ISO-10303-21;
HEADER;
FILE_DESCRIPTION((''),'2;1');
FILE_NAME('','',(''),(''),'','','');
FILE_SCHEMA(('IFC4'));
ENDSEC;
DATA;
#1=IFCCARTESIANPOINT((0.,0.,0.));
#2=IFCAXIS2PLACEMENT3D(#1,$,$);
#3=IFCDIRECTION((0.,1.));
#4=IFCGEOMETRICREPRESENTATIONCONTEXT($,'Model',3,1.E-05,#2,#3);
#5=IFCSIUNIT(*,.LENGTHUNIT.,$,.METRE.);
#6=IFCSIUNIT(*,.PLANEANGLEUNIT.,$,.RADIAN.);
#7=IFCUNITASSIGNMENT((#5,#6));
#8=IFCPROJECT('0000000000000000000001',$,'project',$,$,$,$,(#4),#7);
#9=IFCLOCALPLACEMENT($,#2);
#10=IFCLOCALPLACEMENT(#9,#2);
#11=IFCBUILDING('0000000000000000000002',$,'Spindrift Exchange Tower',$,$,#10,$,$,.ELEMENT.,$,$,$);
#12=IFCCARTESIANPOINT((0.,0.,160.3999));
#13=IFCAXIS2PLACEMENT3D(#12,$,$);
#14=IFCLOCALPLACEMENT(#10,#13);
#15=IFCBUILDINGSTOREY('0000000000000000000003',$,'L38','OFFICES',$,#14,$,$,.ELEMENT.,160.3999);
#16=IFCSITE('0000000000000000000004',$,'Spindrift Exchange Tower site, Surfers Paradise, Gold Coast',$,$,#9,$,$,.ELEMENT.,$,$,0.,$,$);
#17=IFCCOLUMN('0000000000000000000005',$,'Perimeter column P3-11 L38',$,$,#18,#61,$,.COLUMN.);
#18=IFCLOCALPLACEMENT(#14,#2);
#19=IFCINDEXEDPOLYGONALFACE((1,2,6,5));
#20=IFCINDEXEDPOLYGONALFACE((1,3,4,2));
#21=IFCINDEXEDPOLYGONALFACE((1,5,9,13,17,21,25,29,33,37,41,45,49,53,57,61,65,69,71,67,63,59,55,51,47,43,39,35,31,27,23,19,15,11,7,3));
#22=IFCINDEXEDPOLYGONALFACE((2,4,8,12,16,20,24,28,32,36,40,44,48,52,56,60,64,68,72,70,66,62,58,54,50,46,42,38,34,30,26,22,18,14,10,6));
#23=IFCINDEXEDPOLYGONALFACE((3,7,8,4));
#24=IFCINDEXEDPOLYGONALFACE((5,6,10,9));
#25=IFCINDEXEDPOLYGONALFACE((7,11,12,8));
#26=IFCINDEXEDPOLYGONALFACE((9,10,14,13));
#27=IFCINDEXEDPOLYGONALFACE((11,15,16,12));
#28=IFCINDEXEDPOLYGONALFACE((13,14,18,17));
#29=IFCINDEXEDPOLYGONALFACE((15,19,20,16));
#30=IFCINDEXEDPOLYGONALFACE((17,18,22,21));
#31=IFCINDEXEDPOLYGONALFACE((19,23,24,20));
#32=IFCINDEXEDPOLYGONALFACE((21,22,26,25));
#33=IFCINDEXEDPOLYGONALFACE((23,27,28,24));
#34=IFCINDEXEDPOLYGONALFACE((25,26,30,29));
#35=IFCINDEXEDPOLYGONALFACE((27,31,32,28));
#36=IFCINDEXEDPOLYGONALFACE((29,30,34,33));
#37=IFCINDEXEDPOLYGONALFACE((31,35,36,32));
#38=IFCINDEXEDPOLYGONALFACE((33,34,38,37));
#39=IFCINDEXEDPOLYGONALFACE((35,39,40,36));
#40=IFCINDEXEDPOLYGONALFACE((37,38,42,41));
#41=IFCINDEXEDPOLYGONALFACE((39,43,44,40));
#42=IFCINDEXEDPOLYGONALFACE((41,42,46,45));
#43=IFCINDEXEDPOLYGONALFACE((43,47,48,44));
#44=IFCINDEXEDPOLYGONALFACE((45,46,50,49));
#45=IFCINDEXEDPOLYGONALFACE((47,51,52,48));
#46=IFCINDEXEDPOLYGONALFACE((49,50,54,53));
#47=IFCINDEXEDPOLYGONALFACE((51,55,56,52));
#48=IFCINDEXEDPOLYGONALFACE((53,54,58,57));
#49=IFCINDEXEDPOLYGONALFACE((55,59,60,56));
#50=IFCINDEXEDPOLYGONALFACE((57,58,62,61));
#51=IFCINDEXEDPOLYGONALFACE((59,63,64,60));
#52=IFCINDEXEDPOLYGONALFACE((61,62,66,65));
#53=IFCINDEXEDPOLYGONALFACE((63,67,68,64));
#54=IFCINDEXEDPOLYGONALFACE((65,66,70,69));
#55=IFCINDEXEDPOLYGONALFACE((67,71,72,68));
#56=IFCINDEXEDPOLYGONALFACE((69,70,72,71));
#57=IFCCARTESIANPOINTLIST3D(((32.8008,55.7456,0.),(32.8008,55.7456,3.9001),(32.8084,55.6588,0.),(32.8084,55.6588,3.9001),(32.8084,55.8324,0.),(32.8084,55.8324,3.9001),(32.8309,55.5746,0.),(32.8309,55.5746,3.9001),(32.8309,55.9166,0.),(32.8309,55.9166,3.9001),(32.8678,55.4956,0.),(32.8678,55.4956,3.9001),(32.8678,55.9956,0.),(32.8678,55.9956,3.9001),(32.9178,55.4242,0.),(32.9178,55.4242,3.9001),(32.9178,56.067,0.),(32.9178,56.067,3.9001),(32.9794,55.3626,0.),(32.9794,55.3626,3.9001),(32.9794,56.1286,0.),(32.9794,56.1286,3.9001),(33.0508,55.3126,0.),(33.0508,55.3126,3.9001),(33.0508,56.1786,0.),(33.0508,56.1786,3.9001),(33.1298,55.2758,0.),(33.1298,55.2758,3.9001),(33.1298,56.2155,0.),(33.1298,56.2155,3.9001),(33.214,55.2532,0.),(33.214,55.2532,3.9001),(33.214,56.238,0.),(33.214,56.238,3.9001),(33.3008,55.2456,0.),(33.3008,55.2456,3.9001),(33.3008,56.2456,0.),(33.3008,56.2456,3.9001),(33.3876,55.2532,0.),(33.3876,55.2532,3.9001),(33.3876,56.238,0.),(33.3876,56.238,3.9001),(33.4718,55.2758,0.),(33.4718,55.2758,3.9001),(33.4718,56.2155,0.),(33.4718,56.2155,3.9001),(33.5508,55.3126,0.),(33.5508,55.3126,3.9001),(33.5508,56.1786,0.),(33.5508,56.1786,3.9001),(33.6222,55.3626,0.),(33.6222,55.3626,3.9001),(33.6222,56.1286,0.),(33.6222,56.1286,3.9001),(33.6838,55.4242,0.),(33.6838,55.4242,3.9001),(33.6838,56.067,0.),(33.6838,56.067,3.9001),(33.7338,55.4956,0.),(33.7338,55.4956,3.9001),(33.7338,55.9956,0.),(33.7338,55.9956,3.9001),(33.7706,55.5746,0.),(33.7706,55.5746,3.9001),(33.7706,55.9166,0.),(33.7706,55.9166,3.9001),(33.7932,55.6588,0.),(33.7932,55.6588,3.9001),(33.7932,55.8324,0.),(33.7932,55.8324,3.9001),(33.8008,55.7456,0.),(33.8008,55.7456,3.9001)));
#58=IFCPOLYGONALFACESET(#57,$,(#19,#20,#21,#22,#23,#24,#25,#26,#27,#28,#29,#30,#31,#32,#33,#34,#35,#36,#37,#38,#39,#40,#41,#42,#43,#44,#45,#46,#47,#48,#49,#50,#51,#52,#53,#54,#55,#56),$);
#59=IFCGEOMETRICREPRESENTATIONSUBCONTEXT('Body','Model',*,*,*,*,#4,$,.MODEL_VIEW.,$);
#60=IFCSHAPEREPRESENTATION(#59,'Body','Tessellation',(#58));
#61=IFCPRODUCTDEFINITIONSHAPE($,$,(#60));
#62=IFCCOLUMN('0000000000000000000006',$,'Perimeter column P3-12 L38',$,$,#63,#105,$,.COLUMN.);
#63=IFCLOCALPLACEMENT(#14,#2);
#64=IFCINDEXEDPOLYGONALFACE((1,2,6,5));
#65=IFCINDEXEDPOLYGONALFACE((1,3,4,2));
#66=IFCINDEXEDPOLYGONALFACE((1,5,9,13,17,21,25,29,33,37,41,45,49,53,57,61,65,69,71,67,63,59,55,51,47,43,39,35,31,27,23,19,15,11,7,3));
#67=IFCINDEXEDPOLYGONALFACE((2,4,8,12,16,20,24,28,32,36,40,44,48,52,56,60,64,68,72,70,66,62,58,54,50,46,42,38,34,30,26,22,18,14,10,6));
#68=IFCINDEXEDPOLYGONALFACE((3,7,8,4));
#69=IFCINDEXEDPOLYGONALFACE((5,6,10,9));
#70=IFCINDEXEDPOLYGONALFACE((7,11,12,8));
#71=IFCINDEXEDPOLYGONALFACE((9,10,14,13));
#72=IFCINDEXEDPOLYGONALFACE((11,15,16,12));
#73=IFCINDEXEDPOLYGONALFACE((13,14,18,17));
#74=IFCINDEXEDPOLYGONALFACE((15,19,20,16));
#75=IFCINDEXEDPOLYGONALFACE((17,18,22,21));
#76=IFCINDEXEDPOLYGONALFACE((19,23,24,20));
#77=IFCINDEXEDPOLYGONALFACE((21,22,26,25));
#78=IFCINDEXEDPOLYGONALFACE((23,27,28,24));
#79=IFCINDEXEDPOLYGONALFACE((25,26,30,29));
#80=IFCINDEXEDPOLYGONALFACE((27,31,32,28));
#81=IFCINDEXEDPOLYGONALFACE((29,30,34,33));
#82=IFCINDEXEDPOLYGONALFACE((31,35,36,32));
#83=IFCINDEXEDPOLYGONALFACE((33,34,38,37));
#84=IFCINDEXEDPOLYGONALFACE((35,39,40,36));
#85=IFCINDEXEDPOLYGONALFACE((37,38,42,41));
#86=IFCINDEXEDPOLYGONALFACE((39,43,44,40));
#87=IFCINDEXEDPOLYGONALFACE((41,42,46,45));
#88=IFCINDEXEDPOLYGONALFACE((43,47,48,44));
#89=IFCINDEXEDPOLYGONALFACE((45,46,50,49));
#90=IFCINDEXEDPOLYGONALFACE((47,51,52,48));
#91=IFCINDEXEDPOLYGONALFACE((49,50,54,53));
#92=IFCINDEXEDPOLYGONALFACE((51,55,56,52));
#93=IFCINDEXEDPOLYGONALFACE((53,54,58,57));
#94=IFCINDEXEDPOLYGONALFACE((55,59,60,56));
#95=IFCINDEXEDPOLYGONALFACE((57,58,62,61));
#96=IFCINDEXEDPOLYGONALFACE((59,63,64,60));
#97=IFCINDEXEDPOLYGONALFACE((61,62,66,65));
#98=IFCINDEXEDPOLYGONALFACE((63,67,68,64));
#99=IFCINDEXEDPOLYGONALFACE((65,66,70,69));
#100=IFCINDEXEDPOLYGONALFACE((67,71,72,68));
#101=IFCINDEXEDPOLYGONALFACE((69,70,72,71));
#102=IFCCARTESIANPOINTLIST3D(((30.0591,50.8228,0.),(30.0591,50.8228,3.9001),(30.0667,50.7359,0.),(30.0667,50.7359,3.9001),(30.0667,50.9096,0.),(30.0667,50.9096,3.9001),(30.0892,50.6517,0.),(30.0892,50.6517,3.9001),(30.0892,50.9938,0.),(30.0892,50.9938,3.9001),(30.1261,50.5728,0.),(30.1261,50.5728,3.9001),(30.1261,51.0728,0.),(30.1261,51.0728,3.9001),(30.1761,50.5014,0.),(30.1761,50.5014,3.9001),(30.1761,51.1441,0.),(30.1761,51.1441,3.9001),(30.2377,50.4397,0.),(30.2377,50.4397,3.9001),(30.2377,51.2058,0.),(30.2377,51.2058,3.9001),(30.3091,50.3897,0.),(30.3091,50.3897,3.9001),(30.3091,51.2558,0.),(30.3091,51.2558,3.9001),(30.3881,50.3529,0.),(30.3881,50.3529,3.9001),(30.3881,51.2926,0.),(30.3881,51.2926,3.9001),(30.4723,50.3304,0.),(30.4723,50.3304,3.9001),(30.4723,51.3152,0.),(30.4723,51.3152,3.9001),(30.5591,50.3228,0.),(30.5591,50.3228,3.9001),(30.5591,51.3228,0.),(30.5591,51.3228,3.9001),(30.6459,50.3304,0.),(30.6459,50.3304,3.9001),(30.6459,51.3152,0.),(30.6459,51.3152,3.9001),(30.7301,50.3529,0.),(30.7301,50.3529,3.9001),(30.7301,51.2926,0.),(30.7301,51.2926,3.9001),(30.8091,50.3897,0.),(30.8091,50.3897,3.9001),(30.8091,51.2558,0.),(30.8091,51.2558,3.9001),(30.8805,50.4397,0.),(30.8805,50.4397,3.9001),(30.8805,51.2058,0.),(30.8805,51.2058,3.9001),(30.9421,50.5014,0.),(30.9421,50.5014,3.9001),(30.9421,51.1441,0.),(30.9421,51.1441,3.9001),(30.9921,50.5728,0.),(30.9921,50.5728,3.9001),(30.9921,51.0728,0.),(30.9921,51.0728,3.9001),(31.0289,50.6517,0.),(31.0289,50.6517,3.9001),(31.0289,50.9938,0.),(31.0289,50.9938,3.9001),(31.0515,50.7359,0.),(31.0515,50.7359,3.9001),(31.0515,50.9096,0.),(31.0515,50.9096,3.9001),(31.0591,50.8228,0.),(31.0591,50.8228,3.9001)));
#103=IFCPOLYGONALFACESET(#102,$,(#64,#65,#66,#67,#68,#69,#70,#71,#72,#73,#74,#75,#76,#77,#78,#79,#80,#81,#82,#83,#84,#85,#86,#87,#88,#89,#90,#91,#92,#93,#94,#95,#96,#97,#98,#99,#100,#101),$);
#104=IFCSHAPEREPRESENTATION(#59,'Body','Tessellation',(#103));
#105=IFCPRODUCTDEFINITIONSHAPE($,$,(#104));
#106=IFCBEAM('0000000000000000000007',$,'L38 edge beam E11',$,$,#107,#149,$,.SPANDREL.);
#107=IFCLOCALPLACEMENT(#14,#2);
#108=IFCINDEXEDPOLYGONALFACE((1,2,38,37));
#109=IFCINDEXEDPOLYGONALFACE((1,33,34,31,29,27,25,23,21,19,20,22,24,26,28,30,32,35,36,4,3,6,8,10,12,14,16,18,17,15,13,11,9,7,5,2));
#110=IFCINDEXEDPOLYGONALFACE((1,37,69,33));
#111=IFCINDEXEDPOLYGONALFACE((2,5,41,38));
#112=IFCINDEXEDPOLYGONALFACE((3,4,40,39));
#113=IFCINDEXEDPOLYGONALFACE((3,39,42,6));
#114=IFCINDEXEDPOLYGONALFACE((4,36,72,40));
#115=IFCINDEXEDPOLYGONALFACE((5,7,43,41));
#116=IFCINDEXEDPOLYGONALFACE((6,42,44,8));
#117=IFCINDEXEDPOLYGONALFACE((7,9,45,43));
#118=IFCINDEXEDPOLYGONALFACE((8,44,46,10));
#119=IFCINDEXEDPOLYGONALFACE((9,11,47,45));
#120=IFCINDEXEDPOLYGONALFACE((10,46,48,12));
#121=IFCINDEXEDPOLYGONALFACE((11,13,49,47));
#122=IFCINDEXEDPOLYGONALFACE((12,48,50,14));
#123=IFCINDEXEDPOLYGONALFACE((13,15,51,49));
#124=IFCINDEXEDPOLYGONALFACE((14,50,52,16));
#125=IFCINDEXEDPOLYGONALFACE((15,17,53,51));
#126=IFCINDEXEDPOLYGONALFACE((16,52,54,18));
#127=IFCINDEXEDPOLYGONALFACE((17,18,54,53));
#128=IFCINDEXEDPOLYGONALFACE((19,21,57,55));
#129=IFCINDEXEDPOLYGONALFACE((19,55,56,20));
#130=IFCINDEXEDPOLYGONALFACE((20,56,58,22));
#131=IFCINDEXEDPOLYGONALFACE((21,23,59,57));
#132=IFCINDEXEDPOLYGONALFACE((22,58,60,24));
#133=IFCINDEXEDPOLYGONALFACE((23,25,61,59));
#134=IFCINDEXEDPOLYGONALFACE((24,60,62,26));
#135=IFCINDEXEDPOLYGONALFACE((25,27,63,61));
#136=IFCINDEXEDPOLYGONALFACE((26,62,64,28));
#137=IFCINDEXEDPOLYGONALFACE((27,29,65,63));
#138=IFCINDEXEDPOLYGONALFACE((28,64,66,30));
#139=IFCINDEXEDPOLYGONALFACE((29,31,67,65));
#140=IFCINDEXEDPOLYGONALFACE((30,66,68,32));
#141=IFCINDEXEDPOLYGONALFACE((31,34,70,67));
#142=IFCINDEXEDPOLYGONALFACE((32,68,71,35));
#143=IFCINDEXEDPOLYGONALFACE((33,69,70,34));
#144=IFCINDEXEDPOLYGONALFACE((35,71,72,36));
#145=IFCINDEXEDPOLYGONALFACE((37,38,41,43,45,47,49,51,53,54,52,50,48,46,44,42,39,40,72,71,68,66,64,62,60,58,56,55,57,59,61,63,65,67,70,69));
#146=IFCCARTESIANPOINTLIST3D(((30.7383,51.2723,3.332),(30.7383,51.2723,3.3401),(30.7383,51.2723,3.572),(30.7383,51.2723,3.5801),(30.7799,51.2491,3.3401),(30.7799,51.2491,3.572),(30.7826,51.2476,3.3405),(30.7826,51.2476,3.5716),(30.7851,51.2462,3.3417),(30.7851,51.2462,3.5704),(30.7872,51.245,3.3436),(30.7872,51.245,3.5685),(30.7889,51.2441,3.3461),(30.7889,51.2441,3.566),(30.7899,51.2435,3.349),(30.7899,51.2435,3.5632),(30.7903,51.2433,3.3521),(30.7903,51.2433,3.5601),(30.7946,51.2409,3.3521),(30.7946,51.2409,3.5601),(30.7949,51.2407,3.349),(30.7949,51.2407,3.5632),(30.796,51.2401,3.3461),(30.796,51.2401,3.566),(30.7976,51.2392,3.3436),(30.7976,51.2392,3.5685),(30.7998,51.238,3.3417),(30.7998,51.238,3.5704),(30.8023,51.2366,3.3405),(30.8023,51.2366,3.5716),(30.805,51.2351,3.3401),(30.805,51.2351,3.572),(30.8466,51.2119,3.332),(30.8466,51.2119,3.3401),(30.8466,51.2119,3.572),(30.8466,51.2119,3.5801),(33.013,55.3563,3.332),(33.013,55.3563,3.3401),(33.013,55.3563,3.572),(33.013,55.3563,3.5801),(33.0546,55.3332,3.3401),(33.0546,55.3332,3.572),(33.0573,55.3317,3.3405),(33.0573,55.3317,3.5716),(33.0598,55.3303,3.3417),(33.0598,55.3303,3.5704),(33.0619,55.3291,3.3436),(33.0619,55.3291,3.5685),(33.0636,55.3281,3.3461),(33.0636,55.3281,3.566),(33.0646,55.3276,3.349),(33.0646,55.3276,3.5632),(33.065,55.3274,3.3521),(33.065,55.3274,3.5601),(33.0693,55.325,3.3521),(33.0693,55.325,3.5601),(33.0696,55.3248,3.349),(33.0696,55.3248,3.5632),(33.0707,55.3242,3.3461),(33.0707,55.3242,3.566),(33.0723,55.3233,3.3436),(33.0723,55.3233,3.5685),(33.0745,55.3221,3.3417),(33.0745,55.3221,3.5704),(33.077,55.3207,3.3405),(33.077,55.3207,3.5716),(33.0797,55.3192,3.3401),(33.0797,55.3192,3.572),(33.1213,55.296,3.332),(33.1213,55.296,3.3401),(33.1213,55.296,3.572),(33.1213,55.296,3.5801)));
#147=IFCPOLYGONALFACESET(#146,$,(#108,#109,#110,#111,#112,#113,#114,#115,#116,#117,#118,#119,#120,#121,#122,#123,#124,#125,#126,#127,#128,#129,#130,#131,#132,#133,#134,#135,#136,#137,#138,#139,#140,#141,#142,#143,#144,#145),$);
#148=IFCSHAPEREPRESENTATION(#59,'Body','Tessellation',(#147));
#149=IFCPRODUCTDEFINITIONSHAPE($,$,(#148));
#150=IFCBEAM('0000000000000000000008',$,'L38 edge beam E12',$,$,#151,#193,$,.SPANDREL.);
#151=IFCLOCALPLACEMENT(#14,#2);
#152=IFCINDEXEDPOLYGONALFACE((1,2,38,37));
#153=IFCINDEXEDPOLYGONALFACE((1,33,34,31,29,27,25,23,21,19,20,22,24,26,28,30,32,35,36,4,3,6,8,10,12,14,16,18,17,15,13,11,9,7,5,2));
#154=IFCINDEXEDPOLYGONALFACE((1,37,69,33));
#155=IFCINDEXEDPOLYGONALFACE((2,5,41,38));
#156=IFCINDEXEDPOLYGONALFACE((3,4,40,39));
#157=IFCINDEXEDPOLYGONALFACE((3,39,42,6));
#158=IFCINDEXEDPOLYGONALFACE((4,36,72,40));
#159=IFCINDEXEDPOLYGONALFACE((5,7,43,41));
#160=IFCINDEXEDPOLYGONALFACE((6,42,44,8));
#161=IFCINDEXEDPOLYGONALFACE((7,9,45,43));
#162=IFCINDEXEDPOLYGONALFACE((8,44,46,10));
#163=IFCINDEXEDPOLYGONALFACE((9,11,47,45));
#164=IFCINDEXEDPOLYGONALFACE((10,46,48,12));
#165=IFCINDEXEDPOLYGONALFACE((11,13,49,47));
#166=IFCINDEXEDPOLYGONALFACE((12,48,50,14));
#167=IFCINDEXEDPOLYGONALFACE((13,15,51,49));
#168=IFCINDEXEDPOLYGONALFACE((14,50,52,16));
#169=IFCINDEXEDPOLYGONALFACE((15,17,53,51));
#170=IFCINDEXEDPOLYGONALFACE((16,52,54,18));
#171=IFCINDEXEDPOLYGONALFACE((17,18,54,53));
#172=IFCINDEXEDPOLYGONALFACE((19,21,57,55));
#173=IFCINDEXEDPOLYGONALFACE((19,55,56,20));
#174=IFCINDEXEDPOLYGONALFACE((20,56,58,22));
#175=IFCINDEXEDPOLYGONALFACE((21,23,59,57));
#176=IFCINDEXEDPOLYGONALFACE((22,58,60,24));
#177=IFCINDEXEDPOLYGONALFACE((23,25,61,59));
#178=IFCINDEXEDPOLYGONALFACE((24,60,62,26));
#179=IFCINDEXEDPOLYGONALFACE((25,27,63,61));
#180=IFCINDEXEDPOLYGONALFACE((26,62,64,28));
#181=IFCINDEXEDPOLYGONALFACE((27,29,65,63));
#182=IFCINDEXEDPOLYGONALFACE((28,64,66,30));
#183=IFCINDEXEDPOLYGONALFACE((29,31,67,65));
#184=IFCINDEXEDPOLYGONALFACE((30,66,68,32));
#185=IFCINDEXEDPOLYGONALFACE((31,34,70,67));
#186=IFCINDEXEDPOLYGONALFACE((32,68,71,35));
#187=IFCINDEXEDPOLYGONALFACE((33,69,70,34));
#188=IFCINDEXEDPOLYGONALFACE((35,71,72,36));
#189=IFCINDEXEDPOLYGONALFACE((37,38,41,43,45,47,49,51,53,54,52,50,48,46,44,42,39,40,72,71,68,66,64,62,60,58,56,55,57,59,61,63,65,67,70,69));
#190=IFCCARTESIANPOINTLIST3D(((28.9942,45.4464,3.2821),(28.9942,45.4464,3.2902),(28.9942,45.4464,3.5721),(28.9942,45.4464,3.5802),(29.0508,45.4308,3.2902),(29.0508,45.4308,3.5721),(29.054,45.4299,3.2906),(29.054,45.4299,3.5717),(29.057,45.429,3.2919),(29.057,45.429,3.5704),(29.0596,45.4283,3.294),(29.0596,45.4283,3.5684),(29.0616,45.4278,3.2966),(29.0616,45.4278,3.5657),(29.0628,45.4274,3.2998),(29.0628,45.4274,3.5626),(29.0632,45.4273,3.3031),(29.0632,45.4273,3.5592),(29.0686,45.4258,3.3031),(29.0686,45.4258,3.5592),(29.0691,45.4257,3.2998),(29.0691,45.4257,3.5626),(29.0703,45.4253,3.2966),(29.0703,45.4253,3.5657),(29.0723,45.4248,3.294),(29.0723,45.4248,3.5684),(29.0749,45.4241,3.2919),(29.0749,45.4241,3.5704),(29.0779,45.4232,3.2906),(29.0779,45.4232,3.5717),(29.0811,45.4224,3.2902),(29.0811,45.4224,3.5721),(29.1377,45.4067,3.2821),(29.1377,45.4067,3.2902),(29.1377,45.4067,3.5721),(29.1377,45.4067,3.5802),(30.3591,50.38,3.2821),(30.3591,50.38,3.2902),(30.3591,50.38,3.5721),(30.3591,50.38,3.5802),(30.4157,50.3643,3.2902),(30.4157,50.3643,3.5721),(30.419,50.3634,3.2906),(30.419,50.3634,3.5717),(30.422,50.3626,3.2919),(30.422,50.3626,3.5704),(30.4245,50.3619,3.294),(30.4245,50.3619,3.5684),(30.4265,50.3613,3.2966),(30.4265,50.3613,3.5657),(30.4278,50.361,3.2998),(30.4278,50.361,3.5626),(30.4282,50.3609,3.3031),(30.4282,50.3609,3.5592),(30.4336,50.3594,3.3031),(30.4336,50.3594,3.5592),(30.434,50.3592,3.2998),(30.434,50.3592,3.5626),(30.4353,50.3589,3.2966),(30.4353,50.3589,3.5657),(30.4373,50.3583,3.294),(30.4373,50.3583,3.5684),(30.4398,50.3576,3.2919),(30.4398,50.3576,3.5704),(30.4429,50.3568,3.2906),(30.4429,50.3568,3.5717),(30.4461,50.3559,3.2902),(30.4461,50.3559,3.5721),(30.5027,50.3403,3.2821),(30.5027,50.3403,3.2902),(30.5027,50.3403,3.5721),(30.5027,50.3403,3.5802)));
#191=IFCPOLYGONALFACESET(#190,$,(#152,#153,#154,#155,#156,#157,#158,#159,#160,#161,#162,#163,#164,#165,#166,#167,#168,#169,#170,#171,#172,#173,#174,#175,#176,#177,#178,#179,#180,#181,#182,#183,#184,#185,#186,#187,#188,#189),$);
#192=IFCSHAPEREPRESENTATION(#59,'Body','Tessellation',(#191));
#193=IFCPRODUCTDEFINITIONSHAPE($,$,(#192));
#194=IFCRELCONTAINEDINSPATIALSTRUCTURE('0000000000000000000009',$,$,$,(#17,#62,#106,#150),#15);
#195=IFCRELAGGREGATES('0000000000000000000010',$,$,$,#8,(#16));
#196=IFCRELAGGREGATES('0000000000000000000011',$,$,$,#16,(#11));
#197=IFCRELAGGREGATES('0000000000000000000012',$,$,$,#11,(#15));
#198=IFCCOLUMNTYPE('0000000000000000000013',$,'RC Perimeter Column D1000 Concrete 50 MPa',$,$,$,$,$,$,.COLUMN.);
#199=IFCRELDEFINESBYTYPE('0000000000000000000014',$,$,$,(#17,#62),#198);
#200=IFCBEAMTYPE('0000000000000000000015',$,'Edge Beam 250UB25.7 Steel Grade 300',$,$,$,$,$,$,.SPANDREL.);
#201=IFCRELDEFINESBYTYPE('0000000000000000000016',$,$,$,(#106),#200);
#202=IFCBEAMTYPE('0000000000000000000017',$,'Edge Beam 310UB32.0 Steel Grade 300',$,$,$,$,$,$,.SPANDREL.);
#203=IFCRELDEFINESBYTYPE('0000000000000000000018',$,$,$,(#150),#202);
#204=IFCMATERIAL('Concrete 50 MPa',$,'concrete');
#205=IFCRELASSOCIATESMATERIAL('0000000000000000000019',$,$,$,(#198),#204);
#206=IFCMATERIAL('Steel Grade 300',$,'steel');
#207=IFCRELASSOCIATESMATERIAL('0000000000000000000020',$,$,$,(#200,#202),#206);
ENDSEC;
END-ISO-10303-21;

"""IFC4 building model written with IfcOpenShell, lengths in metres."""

from ifc_helpers import new_model, si_unit, direction, frame, origin, origin_2d, place, context, subcontext, project, spatial, circle, i_section, extrude, source, transform, mapped, material, material_profile, profile_set, type_object, element, save


model = new_model("IFC4")

# Units and contexts
model_context = context("Model", 3, precision=1e-05, world=origin(), true_north=direction((0.0, 1.0)))
body_context = subcontext(model_context, "Body", "Model", "MODEL_VIEW")
ifc_project = project(units=[si_unit("LENGTHUNIT", "METRE"), si_unit("PLANEANGLEUNIT", "RADIAN")], contexts=[model_context])

# Site, building, storey
site_placement = place(None, origin())
site = spatial("IfcSite", under=ifc_project, at=site_placement, Name="Spindrift Exchange Tower site, Surfers Paradise, Gold Coast", CompositionType="ELEMENT", RefElevation=0.0)
building_placement = place(site_placement, origin())
building = spatial("IfcBuilding", under=site, at=building_placement, Name="Spindrift Exchange Tower", CompositionType="ELEMENT")
storey_placement = place(building_placement, frame((0.0, 0.0, 160.3999)))
storey = spatial("IfcBuildingStorey", under=building, at=storey_placement, Name="L38", Description="OFFICES", CompositionType="ELEMENT", Elevation=160.3999)

# Columns
ifc_material_1 = material(Name="Concrete 50 MPa", Category="concrete")
ifc_material_profile_1 = material_profile(ifc_material_1, circle(Radius=0.5, at=origin_2d()), Name="RC D1000")
ifc_profile_set_1 = profile_set([ifc_material_profile_1], Name="Concrete 50 MPa")
column_type = type_object("IfcColumnType", Name="RC Perimeter Column D1000 Concrete 50 MPa", PredefinedType="COLUMN", material=ifc_profile_set_1)
shared_shape_1 = source(origin(), body_context, "Body", "SweptSolid", [
    extrude(circle(Radius=0.5, at=origin_2d()), origin(), (0.0, 0.0, 1.0), 3.9001),
])
for number, where, z_axis, x_axis, name in (
    (1, (33.3008, 55.7456, 0.0), (0.0, 0.0, 1.0), (1.0, 0.0, 0.0), "Perimeter column P3-11 L38"),
    (2, (30.5591, 50.8228, 0.0), (0.0, 0.0, 1.0), (1.0, 0.0, 0.0), "Perimeter column P3-12 L38"),
):
    element("IfcColumn", number, at=place(storey_placement, frame(where, z_axis=z_axis, x_axis=x_axis)), inside=storey, type_object=column_type, Name=name, PredefinedType="COLUMN", context=body_context, shape_type="MappedRepresentation", body=[
        mapped(shared_shape_1, transform((0.0, 0.0, 0.0), scale=1.0)),
    ])

# Beams
ifc_material_2 = material(Name="Steel Grade 300", Category="steel")
ifc_material_profile_2 = material_profile(ifc_material_2, i_section(OverallWidth=0.124, OverallDepth=0.248, WebThickness=0.0049, FlangeThickness=0.0081, FilletRadius=0.012, at=origin_2d()), Name="250UB25.7")
ifc_profile_set_2 = profile_set([ifc_material_profile_2], Name="Steel Grade 300")
beam_type_1 = type_object("IfcBeamType", Name="Edge Beam 250UB25.7 Steel Grade 300", PredefinedType="SPANDREL", material=ifc_profile_set_2)
shared_shape_2 = source(origin(), body_context, "Body", "SweptSolid", [
    extrude(i_section(OverallWidth=0.124, OverallDepth=0.248, WebThickness=0.0049, FlangeThickness=0.0081, FilletRadius=0.012, at=origin_2d()), origin(), (0.0, 0.0, 1.0), 4.6748),
])
beam_1_placement = place(storey_placement, frame((33.0671, 55.3262, 3.4561), z_axis=(-0.486587, -0.873632, 0.0), x_axis=(0.873632, -0.486587, 0.0)))
element("IfcBeam", 3, at=beam_1_placement, inside=storey, type_object=beam_type_1, Name="L38 edge beam E11", PredefinedType="SPANDREL", context=body_context, shape_type="MappedRepresentation", body=[
    mapped(shared_shape_2, transform((0.0, 0.0, 0.0), scale=1.0)),
])
ifc_material_profile_3 = material_profile(ifc_material_2, i_section(OverallWidth=0.1489, OverallDepth=0.2981, WebThickness=0.0056, FlangeThickness=0.0081, FilletRadius=0.0129, at=origin_2d()), Name="310UB32.0")
ifc_profile_set_3 = profile_set([ifc_material_profile_3], Name="Steel Grade 300")
beam_type_2 = type_object("IfcBeamType", Name="Edge Beam 310UB32.0 Steel Grade 300", PredefinedType="SPANDREL", material=ifc_profile_set_3)
shared_shape_3 = source(origin(), body_context, "Body", "SweptSolid", [
    extrude(i_section(OverallWidth=0.1489, OverallDepth=0.2981, WebThickness=0.0056, FlangeThickness=0.0081, FilletRadius=0.0129, at=origin_2d()), origin(), (0.0, 0.0, 1.0), 5.1189),
])
beam_2_placement = place(storey_placement, frame((30.4309, 50.3601, 3.4312), z_axis=(-0.266655, -0.963792, 0.0), x_axis=(0.963792, -0.266655, 0.0)))
element("IfcBeam", 4, at=beam_2_placement, inside=storey, type_object=beam_type_2, Name="L38 edge beam E12", PredefinedType="SPANDREL", context=body_context, shape_type="MappedRepresentation", body=[
    mapped(shared_shape_3, transform((0.0, 0.0, 0.0), scale=1.0)),
])

save(model, "model.ifc")
